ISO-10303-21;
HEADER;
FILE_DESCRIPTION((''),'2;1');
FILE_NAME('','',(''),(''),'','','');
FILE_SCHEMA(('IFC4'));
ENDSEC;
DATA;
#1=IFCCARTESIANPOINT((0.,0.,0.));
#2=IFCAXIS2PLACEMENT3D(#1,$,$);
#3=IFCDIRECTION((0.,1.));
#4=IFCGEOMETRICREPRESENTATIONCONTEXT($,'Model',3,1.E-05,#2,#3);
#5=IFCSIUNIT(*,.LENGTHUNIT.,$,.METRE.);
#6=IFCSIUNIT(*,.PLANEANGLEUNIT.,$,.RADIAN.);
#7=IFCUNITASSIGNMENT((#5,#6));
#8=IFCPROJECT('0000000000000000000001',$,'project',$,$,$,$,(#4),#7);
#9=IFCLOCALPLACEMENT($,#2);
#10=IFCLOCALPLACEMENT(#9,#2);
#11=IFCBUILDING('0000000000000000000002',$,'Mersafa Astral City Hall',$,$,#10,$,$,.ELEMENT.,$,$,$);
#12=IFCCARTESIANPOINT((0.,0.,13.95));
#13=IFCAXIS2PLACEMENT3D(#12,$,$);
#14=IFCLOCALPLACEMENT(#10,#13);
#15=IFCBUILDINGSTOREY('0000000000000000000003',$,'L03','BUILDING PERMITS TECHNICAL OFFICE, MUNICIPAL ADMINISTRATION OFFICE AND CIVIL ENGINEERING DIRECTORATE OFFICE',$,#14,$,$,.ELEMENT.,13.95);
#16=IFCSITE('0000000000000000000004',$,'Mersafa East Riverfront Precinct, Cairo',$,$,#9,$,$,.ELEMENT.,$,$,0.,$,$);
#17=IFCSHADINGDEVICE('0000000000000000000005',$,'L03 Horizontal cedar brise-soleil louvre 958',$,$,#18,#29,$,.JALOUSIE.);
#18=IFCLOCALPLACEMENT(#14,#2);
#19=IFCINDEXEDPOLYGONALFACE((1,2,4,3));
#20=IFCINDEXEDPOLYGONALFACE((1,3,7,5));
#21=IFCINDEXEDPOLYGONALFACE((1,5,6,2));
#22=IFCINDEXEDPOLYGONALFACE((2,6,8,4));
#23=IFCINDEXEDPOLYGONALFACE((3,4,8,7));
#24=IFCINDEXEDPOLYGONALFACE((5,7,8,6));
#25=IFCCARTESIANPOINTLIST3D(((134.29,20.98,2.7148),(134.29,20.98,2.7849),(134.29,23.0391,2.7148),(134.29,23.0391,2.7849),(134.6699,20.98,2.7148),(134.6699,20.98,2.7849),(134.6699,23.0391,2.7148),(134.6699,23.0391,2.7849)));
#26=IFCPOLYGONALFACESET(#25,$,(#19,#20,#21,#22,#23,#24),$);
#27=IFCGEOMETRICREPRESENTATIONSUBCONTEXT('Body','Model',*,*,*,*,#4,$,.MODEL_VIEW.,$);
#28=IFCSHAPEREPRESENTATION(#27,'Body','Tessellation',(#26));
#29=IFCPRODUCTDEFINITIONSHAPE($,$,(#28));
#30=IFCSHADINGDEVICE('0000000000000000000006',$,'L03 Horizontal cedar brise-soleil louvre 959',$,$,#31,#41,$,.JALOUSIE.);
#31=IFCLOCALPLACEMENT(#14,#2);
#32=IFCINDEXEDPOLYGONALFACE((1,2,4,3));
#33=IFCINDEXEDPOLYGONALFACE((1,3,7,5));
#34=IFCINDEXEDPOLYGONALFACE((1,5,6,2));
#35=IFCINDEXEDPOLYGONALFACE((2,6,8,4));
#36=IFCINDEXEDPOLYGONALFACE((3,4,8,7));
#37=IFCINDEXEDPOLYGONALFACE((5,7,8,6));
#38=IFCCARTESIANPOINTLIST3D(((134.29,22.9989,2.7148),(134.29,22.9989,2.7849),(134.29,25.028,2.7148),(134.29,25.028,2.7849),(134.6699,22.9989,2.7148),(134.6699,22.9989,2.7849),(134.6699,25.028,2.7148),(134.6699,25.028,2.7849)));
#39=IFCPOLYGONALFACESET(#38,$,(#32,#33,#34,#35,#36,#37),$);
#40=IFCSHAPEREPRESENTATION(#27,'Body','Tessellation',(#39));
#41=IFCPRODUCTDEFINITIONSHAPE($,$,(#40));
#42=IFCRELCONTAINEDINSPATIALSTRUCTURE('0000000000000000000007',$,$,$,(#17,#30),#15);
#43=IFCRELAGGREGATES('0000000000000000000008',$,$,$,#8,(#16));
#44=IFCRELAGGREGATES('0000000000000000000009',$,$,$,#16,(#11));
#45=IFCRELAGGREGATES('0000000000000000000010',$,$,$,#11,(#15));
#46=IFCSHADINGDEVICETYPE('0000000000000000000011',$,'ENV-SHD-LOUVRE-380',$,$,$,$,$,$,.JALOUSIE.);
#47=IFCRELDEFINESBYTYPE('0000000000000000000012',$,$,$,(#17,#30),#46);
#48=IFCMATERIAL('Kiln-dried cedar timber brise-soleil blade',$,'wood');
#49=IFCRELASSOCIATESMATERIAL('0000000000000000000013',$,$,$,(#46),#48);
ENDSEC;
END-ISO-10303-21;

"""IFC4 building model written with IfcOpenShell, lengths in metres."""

from ifc_helpers import new_model, si_unit, direction, frame, origin, origin_2d, place, context, subcontext, project, spatial, rectangle, extrude, material, type_object, element, save


model = new_model("IFC4")

# Units and contexts
model_context = context("Model", 3, precision=1e-05, world=origin(), true_north=direction((0.0, 1.0)))
body_context = subcontext(model_context, "Body", "Model", "MODEL_VIEW")
ifc_project = project(units=[si_unit("LENGTHUNIT", "METRE"), si_unit("PLANEANGLEUNIT", "RADIAN")], contexts=[model_context])

# Site, building, storey
site_placement = place(None, origin())
site = spatial("IfcSite", under=ifc_project, at=site_placement, Name="Mersafa East Riverfront Precinct, Cairo", CompositionType="ELEMENT", RefElevation=0.0)
building_placement = place(site_placement, origin())
building = spatial("IfcBuilding", under=site, at=building_placement, Name="Mersafa Astral City Hall", CompositionType="ELEMENT")
storey_placement = place(building_placement, frame((0.0, 0.0, 13.95)))
storey = spatial("IfcBuildingStorey", under=building, at=storey_placement, Name="L03", Description="BUILDING PERMITS TECHNICAL OFFICE, MUNICIPAL ADMINISTRATION OFFICE AND CIVIL ENGINEERING DIRECTORATE OFFICE", CompositionType="ELEMENT", Elevation=13.95)

# Shading devices
ifc_material_1 = material(Name="Kiln-dried cedar timber brise-soleil blade", Category="wood")
shading_device_type = type_object("IfcShadingDeviceType", Name="ENV-SHD-LOUVRE-380", PredefinedType="JALOUSIE", material=ifc_material_1)
shading_device_1_placement = place(storey_placement, frame((134.48, 22.0095, 2.7148), z_axis=(0.0, 0.0, 1.0), x_axis=(0.0, 1.0, 0.0)))
element("IfcShadingDevice", 1, at=shading_device_1_placement, inside=storey, type_object=shading_device_type, Name="L03 Horizontal cedar brise-soleil louvre 958", PredefinedType="JALOUSIE", context=body_context, shape_type="SweptSolid", body=[
    extrude(rectangle(XDim=2.0591, YDim=0.3799, at=origin_2d()), origin(), (0.0, 0.0, 1.0), 0.0701),
])
shading_device_2_placement = place(storey_placement, frame((134.48, 24.0134, 2.7148), z_axis=(0.0, 0.0, 1.0), x_axis=(0.0, 1.0, 0.0)))
element("IfcShadingDevice", 2, at=shading_device_2_placement, inside=storey, type_object=shading_device_type, Name="L03 Horizontal cedar brise-soleil louvre 959", PredefinedType="JALOUSIE", context=body_context, shape_type="SweptSolid", body=[
    extrude(rectangle(XDim=2.0291, YDim=0.3799, at=origin_2d()), origin(), (0.0, 0.0, 1.0), 0.0701),
])

save(model, "model.ifc")
